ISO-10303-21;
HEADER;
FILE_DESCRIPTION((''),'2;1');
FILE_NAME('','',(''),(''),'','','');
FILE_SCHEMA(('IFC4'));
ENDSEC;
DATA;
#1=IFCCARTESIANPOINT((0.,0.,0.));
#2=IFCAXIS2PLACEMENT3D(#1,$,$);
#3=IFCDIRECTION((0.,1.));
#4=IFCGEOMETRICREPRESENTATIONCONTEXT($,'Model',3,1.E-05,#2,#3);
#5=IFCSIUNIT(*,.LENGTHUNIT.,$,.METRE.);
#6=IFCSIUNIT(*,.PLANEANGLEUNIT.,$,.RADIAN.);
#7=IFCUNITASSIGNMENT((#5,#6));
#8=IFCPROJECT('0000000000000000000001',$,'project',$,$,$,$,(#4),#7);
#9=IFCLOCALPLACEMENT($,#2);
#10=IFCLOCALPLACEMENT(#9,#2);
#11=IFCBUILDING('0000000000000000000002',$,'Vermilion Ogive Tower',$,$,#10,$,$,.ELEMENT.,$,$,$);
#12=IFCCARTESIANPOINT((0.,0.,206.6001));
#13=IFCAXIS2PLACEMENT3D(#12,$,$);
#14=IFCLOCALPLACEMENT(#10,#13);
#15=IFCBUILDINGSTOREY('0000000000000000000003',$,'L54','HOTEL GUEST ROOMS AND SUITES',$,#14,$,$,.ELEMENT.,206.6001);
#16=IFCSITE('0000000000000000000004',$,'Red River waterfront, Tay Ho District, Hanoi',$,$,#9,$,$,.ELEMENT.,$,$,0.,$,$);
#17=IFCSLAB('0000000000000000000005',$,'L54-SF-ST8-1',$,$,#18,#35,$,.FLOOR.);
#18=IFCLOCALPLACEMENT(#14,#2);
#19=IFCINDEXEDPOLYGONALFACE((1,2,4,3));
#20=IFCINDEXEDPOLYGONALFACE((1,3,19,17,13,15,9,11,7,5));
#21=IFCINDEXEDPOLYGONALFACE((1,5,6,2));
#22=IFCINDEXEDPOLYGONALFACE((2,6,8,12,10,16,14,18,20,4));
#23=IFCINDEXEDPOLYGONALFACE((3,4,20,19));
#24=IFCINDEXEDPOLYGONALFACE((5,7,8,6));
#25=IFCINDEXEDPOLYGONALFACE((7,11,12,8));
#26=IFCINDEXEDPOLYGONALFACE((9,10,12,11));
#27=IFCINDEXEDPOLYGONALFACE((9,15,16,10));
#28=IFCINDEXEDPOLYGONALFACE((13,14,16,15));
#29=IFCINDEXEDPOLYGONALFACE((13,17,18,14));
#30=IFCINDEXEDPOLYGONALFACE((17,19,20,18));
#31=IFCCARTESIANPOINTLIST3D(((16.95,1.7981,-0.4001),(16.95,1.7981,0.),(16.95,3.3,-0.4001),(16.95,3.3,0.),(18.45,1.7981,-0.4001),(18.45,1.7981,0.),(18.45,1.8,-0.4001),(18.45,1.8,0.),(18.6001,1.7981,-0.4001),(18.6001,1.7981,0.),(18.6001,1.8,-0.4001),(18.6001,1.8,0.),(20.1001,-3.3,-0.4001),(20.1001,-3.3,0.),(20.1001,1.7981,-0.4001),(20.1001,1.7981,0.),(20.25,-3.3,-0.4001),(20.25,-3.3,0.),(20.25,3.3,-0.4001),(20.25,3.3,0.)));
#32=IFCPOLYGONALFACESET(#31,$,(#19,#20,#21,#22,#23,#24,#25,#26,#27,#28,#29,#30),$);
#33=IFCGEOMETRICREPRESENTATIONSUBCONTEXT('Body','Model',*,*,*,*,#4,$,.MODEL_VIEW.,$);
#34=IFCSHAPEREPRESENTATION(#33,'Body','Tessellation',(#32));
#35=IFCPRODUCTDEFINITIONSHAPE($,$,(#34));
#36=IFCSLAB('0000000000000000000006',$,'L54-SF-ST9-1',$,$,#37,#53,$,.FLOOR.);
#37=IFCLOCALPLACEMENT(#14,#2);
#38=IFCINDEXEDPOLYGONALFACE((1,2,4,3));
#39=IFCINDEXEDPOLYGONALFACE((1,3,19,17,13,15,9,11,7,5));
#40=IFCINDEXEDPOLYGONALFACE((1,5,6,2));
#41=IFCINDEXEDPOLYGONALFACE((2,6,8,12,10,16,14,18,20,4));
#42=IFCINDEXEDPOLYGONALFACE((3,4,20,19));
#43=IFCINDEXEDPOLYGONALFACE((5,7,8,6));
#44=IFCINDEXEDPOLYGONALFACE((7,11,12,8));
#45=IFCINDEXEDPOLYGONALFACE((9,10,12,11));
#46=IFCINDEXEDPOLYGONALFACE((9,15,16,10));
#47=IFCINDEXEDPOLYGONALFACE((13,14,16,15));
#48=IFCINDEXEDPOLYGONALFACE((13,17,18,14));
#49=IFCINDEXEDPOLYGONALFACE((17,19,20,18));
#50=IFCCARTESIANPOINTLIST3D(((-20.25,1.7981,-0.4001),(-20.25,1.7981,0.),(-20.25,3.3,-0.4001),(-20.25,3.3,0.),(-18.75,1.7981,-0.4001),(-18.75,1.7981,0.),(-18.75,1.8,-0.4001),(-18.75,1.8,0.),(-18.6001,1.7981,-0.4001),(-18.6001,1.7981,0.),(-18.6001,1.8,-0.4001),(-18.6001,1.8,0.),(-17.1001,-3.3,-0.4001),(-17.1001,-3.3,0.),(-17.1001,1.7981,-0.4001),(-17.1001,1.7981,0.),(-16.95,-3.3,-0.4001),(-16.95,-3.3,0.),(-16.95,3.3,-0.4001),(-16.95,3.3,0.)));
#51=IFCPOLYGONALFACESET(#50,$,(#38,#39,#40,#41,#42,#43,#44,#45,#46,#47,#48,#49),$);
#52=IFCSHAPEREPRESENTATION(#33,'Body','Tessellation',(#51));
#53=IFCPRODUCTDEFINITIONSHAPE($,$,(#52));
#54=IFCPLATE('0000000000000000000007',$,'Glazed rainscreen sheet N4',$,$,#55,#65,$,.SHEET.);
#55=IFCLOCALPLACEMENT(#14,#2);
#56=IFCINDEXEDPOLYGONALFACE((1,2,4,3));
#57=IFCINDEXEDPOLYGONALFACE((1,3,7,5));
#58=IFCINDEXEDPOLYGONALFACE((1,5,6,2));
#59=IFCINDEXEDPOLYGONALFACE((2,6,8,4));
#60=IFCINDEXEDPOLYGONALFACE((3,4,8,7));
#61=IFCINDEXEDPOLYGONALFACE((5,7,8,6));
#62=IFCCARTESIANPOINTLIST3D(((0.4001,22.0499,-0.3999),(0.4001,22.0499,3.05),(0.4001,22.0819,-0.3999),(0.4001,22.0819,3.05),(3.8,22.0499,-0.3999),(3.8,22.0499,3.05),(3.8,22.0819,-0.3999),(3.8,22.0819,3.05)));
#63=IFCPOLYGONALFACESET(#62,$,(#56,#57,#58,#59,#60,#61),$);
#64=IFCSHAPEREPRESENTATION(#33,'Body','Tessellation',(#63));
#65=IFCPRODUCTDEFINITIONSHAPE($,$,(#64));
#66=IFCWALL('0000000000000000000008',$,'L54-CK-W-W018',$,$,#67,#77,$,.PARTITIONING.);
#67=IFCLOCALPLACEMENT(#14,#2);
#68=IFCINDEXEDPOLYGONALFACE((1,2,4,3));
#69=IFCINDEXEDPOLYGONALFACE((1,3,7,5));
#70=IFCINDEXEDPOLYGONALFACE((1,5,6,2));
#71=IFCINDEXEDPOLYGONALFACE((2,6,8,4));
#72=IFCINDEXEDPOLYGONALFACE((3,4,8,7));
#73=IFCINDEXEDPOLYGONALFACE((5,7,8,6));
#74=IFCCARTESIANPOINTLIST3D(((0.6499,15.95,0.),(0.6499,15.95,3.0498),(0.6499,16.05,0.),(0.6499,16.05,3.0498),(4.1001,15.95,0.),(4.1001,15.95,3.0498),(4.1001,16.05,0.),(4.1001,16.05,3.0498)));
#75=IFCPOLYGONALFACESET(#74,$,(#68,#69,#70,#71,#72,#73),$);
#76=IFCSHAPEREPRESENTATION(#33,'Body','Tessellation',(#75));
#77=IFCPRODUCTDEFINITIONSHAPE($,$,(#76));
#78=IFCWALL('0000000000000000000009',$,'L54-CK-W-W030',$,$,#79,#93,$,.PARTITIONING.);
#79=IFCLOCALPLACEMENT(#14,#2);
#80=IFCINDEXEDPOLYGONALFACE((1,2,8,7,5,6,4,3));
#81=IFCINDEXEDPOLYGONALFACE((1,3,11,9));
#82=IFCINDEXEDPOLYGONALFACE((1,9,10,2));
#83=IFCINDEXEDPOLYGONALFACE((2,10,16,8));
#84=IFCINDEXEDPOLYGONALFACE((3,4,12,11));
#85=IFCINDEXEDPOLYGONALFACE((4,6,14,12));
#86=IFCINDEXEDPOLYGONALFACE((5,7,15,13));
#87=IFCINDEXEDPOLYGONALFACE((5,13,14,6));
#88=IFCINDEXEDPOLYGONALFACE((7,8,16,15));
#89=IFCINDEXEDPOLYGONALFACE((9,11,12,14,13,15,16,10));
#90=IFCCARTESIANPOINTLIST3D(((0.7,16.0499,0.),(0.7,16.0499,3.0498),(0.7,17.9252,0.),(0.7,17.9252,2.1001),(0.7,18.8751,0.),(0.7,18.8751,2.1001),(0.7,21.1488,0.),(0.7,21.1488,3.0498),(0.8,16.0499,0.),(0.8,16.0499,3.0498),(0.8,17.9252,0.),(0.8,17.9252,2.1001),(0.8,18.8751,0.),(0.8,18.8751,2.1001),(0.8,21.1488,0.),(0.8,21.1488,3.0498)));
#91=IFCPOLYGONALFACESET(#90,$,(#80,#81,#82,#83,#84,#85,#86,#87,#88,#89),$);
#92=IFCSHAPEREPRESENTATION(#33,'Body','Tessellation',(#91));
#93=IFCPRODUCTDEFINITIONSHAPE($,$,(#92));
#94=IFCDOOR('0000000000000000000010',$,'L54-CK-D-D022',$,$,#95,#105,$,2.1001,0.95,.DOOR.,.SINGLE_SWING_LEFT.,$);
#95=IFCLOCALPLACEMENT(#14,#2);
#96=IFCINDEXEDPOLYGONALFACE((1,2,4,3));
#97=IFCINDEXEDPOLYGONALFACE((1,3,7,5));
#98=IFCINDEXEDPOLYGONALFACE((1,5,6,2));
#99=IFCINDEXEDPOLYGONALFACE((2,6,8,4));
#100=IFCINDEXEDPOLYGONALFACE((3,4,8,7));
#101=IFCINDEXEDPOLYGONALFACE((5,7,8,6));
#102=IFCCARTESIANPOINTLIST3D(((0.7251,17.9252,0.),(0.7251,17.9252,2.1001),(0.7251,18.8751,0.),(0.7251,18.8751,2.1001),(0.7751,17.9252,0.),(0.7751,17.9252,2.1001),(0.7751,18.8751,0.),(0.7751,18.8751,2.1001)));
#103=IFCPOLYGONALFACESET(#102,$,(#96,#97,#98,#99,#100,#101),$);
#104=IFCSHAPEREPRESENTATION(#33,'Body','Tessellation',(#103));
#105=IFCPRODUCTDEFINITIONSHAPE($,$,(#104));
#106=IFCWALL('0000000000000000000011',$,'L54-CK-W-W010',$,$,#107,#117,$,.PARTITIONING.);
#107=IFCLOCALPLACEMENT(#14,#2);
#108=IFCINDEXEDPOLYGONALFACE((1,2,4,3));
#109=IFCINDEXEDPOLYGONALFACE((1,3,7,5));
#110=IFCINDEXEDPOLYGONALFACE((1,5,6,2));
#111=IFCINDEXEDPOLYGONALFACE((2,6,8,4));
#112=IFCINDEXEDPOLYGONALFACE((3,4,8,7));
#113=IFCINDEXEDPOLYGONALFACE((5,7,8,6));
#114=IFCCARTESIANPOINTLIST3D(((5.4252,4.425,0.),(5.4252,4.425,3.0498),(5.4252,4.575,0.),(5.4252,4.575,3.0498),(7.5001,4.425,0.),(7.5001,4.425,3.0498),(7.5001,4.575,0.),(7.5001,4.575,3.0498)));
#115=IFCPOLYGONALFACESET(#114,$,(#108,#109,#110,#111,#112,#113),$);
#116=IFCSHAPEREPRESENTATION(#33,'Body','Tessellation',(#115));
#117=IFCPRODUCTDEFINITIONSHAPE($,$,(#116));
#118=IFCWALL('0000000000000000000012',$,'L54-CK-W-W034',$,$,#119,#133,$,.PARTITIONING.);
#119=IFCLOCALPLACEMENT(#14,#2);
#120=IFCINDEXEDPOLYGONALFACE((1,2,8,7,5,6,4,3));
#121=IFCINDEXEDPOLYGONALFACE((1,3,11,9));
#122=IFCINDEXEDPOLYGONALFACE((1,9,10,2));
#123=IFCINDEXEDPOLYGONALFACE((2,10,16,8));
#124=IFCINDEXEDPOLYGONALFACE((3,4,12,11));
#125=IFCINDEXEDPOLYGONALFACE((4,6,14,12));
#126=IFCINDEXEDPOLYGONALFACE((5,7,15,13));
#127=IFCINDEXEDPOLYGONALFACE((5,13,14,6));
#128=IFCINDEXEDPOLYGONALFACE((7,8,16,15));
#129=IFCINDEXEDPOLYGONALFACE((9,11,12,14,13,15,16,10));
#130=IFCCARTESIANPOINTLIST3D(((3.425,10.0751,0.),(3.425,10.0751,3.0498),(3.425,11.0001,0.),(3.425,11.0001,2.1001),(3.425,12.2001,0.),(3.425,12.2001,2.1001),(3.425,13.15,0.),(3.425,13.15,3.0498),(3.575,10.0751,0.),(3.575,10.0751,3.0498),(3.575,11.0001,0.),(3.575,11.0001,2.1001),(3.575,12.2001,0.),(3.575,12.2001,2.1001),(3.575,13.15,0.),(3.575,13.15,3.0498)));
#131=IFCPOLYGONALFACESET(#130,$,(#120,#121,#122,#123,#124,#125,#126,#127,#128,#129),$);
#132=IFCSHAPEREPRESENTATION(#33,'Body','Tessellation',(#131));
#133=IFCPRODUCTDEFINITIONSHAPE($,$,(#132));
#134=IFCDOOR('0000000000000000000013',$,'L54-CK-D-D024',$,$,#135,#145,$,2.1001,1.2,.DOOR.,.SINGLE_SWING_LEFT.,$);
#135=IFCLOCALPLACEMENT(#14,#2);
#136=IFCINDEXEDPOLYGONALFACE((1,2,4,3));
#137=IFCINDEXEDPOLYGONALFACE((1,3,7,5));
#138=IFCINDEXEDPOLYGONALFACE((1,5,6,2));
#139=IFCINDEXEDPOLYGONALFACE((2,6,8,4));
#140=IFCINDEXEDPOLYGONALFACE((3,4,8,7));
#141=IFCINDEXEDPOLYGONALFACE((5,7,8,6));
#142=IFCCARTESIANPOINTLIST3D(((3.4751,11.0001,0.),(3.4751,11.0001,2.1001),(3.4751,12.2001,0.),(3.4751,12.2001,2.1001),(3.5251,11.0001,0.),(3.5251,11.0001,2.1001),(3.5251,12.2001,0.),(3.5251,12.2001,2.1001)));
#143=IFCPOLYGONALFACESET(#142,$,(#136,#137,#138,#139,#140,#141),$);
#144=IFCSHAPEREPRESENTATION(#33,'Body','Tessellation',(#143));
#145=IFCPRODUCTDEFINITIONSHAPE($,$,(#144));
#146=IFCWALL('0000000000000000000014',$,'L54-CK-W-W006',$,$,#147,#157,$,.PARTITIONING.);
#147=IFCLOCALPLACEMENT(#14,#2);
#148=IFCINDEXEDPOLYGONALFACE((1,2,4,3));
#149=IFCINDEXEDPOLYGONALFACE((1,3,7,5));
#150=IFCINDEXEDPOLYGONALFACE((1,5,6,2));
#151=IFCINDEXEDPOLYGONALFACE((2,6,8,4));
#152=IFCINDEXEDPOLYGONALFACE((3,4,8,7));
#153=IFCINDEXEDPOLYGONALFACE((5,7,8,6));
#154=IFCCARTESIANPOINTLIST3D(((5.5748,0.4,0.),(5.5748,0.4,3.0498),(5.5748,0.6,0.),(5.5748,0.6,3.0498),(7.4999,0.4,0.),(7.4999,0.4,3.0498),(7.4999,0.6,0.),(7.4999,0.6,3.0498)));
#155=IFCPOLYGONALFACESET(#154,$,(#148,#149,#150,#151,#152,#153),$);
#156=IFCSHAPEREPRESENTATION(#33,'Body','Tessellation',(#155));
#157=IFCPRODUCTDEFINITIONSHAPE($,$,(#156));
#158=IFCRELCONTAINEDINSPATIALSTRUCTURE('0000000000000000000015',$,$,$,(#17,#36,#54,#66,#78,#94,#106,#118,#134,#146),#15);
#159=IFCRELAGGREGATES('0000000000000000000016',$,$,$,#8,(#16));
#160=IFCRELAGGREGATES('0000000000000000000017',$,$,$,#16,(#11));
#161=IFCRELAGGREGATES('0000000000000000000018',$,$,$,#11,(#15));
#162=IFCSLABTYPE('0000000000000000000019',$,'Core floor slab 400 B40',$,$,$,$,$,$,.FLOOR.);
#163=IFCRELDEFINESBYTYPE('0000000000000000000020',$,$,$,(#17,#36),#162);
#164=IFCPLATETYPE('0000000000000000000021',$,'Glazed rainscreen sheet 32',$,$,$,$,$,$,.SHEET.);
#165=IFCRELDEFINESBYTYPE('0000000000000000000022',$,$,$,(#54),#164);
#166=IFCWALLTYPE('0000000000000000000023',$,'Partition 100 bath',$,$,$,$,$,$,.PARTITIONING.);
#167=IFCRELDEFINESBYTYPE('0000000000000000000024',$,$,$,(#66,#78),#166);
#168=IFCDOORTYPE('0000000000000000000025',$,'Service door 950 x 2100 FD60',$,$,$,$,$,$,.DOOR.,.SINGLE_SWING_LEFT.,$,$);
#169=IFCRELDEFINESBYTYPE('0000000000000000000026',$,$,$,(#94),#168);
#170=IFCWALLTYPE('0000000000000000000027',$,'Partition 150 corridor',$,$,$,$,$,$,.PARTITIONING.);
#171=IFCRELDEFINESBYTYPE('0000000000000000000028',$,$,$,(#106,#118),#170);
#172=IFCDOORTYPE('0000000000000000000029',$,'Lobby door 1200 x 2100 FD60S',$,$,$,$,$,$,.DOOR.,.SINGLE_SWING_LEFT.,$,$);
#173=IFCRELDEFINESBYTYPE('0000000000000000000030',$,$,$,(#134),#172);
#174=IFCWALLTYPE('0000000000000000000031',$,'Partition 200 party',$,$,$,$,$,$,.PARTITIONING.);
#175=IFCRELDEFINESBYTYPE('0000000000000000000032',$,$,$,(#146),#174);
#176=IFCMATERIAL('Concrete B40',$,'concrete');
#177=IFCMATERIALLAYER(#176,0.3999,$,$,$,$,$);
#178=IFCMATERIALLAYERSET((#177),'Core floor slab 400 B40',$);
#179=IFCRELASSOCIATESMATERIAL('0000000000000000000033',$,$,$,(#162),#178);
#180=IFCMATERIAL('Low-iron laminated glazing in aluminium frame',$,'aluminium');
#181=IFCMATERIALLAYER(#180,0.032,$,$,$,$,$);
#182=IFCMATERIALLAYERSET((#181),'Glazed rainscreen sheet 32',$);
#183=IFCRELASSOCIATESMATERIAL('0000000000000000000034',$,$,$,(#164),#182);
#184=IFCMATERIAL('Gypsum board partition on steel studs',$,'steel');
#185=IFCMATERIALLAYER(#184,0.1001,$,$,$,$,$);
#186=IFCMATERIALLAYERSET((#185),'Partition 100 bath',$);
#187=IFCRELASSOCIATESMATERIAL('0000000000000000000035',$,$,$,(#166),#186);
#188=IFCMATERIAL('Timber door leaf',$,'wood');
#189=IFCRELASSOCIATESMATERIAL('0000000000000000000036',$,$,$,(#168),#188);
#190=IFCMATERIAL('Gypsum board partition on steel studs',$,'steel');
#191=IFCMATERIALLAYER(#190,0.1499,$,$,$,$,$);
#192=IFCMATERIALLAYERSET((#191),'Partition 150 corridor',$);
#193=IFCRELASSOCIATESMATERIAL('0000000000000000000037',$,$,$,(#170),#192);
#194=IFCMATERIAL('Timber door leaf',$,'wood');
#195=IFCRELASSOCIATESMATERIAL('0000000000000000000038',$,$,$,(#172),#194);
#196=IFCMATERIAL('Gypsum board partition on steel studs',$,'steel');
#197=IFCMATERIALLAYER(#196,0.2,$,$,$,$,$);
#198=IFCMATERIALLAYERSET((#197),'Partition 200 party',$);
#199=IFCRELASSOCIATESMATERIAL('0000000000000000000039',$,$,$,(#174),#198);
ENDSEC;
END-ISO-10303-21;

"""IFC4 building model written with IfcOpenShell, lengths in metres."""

from ifc_helpers import new_model, si_unit, direction, frame, frame_2d, origin, origin_2d, place, context, subcontext, project, spatial, polyline, rectangle, outline, extrude, material, layer, layer_set, type_object, element, fill, save


model = new_model("IFC4")

# Units and contexts
model_context = context("Model", 3, precision=1e-05, world=origin(), true_north=direction((0.0, 1.0)))
body_context = subcontext(model_context, "Body", "Model", "MODEL_VIEW")
ifc_project = project(units=[si_unit("LENGTHUNIT", "METRE"), si_unit("PLANEANGLEUNIT", "RADIAN")], contexts=[model_context])

# Site, building, storey
site_placement = place(None, origin())
site = spatial("IfcSite", under=ifc_project, at=site_placement, Name="Red River waterfront, Tay Ho District, Hanoi", CompositionType="ELEMENT", RefElevation=0.0)
building_placement = place(site_placement, origin())
building = spatial("IfcBuilding", under=site, at=building_placement, Name="Vermilion Ogive Tower", CompositionType="ELEMENT")
storey_placement = place(building_placement, frame((0.0, 0.0, 206.6001)))
storey = spatial("IfcBuildingStorey", under=building, at=storey_placement, Name="L54", Description="HOTEL GUEST ROOMS AND SUITES", CompositionType="ELEMENT", Elevation=206.6001)

# Slabs
ifc_material_1 = material(Name="Concrete B40", Category="concrete")
ifc_layer_1 = layer(ifc_material_1, 0.3999)
ifc_layer_set_1 = layer_set([ifc_layer_1], Name="Core floor slab 400 B40")
slab_type = type_object("IfcSlabType", Name="Core floor slab 400 B40", PredefinedType="FLOOR", material=ifc_layer_set_1)
slab_1_placement = place(storey_placement, frame((0.0, 0.0, -0.4001)))
element("IfcSlab", 1, at=slab_1_placement, inside=storey, type_object=slab_type, Name="L54-SF-ST8-1", PredefinedType="FLOOR", context=body_context, shape_type="SweptSolid", body=[
    extrude(outline(polyline([(16.95, 3.3), (16.95, 1.7981), (18.45, 1.7981), (18.45, 1.8), (18.6001, 1.8), (18.6001, 1.7981), (20.1001, 1.7981), (20.1001, -3.3), (20.25, -3.3), (20.25, 3.3), (16.95, 3.3)])), origin(), (0.0, 0.0, 1.0), 0.4001),
])
slab_2_placement = place(storey_placement, frame((0.0, 0.0, -0.4001)))
element("IfcSlab", 2, at=slab_2_placement, inside=storey, type_object=slab_type, Name="L54-SF-ST9-1", PredefinedType="FLOOR", context=body_context, shape_type="SweptSolid", body=[
    extrude(outline(polyline([(-20.25, 3.3), (-20.25, 1.7981), (-18.75, 1.7981), (-18.75, 1.8), (-18.6001, 1.8), (-18.6001, 1.7981), (-17.1001, 1.7981), (-17.1001, -3.3), (-16.95, -3.3), (-16.95, 3.3), (-20.25, 3.3)])), origin(), (0.0, 0.0, 1.0), 0.4001),
])

# Plate
ifc_material_2 = material(Name="Low-iron laminated glazing in aluminium frame", Category="aluminium")
ifc_layer_2 = layer(ifc_material_2, 0.032)
ifc_layer_set_2 = layer_set([ifc_layer_2], Name="Glazed rainscreen sheet 32")
plate_type = type_object("IfcPlateType", Name="Glazed rainscreen sheet 32", PredefinedType="SHEET", material=ifc_layer_set_2)
plate_placement = place(storey_placement, frame((2.1001, 22.0659, -0.3999), z_axis=(0.0, 0.0, 1.0), x_axis=(1.0, 0.0, 0.0)))
element("IfcPlate", 3, at=plate_placement, inside=storey, type_object=plate_type, Name="Glazed rainscreen sheet N4", PredefinedType="SHEET", context=body_context, shape_type="SweptSolid", body=[
    extrude(rectangle(XDim=3.3999, YDim=0.032, at=origin_2d()), origin(), (0.0, 0.0, 1.0), 3.45),
])

# Wall
ifc_material_3 = material(Name="Gypsum board partition on steel studs", Category="steel")
ifc_layer_3 = layer(ifc_material_3, 0.1001)
ifc_layer_set_3 = layer_set([ifc_layer_3], Name="Partition 100 bath")
wall_type_1 = type_object("IfcWallType", Name="Partition 100 bath", PredefinedType="PARTITIONING", material=ifc_layer_set_3)
wall_1_placement = place(storey_placement, frame((0.6499, 16.0, 0.0), z_axis=(0.0, 0.0, 1.0), x_axis=(1.0, 0.0, 0.0)))
element("IfcWall", 4, at=wall_1_placement, inside=storey, type_object=wall_type_1, Name="L54-CK-W-W018", PredefinedType="PARTITIONING", context=body_context, shape_type="SweptSolid", body=[
    extrude(rectangle(XDim=3.4502, YDim=0.1001, at=frame_2d((1.7251, 0.0))), origin(), (0.0, 0.0, 1.0), 3.0498),
])

# Wall, opening, door
wall_2_placement = place(storey_placement, frame((0.75, 16.05, 0.0), z_axis=(0.0, 0.0, 1.0), x_axis=(0.0, 1.0, 0.0)))
wall_2 = element("IfcWall", 5, at=wall_2_placement, inside=storey, type_object=wall_type_1, Name="L54-CK-W-W030", PredefinedType="PARTITIONING", context=body_context, shape_type="SweptSolid", body=[
    extrude(rectangle(XDim=5.0989, YDim=0.1001, at=frame_2d((2.5493, 0.0))), origin(), (0.0, 0.0, 1.0), 3.0498),
])
opening_1_placement = place(wall_2_placement, frame((1.875, 0.0, 0.0)))
opening_1 = element("IfcOpeningElement", 6, at=opening_1_placement, cuts=wall_2, PredefinedType="OPENING", context=body_context, shape_type="SweptSolid", body=[
    extrude(rectangle(XDim=0.95, YDim=2.1001, at=frame_2d((0.4751, 1.05))), frame((0.0, 0.0601, 0.0), z_axis=(0.0, -1.0, 0.0), x_axis=(1.0, 0.0, 0.0)), (0.0, 0.0, 1.0), 0.1201),
])
ifc_material_4 = material(Name="Timber door leaf", Category="wood")
door_type_1 = type_object("IfcDoorType", Name="Service door 950 x 2100 FD60", OperationType="SINGLE_SWING_LEFT", PredefinedType="DOOR", material=ifc_material_4)
door_1_placement = place(opening_1_placement, origin())
door_1 = element("IfcDoor", 7, at=door_1_placement, inside=storey, type_object=door_type_1, Name="L54-CK-D-D022", OperationType="SINGLE_SWING_LEFT", OverallHeight=2.1001, OverallWidth=0.95, PredefinedType="DOOR", context=body_context, shape_type="SweptSolid", body=[
    extrude(rectangle(XDim=0.95, YDim=2.1001, at=frame_2d((0.4751, 1.05))), frame((0.0, 0.0249, 0.0), z_axis=(0.0, -1.0, 0.0), x_axis=(1.0, 0.0, 0.0)), (0.0, 0.0, 1.0), 0.05),
])
fill(opening_1, door_1)

# Wall
ifc_material_5 = material(Name="Gypsum board partition on steel studs", Category="steel")
ifc_layer_4 = layer(ifc_material_5, 0.1499)
ifc_layer_set_4 = layer_set([ifc_layer_4], Name="Partition 150 corridor")
wall_type_2 = type_object("IfcWallType", Name="Partition 150 corridor", PredefinedType="PARTITIONING", material=ifc_layer_set_4)
wall_3_placement = place(storey_placement, frame((5.425, 4.5, 0.0), z_axis=(0.0, 0.0, 1.0), x_axis=(1.0, 0.0, 0.0)))
element("IfcWall", 8, at=wall_3_placement, inside=storey, type_object=wall_type_2, Name="L54-CK-W-W010", PredefinedType="PARTITIONING", context=body_context, shape_type="SweptSolid", body=[
    extrude(rectangle(XDim=2.075, YDim=0.1499, at=frame_2d((1.0376, 0.0))), origin(), (0.0, 0.0, 1.0), 3.0498),
])

# Wall, opening, door
wall_4_placement = place(storey_placement, frame((3.5, 10.075, 0.0), z_axis=(0.0, 0.0, 1.0), x_axis=(0.0, 1.0, 0.0)))
wall_4 = element("IfcWall", 9, at=wall_4_placement, inside=storey, type_object=wall_type_2, Name="L54-CK-W-W034", PredefinedType="PARTITIONING", context=body_context, shape_type="SweptSolid", body=[
    extrude(rectangle(XDim=3.075, YDim=0.1499, at=frame_2d((1.5376, 0.0))), origin(), (0.0, 0.0, 1.0), 3.0498),
])
opening_2_placement = place(wall_4_placement, frame((0.925, 0.0, 0.0)))
opening_2 = element("IfcOpeningElement", 10, at=opening_2_placement, cuts=wall_4, PredefinedType="OPENING", context=body_context, shape_type="SweptSolid", body=[
    extrude(rectangle(XDim=1.2, YDim=2.1001, at=frame_2d((0.6001, 1.05))), frame((0.0, 0.085, 0.0), z_axis=(0.0, -1.0, 0.0), x_axis=(1.0, 0.0, 0.0)), (0.0, 0.0, 1.0), 0.1699),
])
ifc_material_6 = material(Name="Timber door leaf", Category="wood")
door_type_2 = type_object("IfcDoorType", Name="Lobby door 1200 x 2100 FD60S", OperationType="SINGLE_SWING_LEFT", PredefinedType="DOOR", material=ifc_material_6)
door_2_placement = place(opening_2_placement, origin())
door_2 = element("IfcDoor", 11, at=door_2_placement, inside=storey, type_object=door_type_2, Name="L54-CK-D-D024", OperationType="SINGLE_SWING_LEFT", OverallHeight=2.1001, OverallWidth=1.2, PredefinedType="DOOR", context=body_context, shape_type="SweptSolid", body=[
    extrude(rectangle(XDim=1.2, YDim=2.1001, at=frame_2d((0.6001, 1.05))), frame((0.0, 0.0249, 0.0), z_axis=(0.0, -1.0, 0.0), x_axis=(1.0, 0.0, 0.0)), (0.0, 0.0, 1.0), 0.05),
])
fill(opening_2, door_2)

# Wall
ifc_material_7 = material(Name="Gypsum board partition on steel studs", Category="steel")
ifc_layer_5 = layer(ifc_material_7, 0.2)
ifc_layer_set_5 = layer_set([ifc_layer_5], Name="Partition 200 party")
wall_type_3 = type_object("IfcWallType", Name="Partition 200 party", PredefinedType="PARTITIONING", material=ifc_layer_set_5)
wall_5_placement = place(storey_placement, frame((5.575, 0.5, 0.0), z_axis=(0.0, 0.0, 1.0), x_axis=(1.0, 0.0, 0.0)))
element("IfcWall", 12, at=wall_5_placement, inside=storey, type_object=wall_type_3, Name="L54-CK-W-W006", PredefinedType="PARTITIONING", context=body_context, shape_type="SweptSolid", body=[
    extrude(rectangle(XDim=1.925, YDim=0.2, at=frame_2d((0.9624, 0.0))), origin(), (0.0, 0.0, 1.0), 3.0498),
])

save(model, "model.ifc")
